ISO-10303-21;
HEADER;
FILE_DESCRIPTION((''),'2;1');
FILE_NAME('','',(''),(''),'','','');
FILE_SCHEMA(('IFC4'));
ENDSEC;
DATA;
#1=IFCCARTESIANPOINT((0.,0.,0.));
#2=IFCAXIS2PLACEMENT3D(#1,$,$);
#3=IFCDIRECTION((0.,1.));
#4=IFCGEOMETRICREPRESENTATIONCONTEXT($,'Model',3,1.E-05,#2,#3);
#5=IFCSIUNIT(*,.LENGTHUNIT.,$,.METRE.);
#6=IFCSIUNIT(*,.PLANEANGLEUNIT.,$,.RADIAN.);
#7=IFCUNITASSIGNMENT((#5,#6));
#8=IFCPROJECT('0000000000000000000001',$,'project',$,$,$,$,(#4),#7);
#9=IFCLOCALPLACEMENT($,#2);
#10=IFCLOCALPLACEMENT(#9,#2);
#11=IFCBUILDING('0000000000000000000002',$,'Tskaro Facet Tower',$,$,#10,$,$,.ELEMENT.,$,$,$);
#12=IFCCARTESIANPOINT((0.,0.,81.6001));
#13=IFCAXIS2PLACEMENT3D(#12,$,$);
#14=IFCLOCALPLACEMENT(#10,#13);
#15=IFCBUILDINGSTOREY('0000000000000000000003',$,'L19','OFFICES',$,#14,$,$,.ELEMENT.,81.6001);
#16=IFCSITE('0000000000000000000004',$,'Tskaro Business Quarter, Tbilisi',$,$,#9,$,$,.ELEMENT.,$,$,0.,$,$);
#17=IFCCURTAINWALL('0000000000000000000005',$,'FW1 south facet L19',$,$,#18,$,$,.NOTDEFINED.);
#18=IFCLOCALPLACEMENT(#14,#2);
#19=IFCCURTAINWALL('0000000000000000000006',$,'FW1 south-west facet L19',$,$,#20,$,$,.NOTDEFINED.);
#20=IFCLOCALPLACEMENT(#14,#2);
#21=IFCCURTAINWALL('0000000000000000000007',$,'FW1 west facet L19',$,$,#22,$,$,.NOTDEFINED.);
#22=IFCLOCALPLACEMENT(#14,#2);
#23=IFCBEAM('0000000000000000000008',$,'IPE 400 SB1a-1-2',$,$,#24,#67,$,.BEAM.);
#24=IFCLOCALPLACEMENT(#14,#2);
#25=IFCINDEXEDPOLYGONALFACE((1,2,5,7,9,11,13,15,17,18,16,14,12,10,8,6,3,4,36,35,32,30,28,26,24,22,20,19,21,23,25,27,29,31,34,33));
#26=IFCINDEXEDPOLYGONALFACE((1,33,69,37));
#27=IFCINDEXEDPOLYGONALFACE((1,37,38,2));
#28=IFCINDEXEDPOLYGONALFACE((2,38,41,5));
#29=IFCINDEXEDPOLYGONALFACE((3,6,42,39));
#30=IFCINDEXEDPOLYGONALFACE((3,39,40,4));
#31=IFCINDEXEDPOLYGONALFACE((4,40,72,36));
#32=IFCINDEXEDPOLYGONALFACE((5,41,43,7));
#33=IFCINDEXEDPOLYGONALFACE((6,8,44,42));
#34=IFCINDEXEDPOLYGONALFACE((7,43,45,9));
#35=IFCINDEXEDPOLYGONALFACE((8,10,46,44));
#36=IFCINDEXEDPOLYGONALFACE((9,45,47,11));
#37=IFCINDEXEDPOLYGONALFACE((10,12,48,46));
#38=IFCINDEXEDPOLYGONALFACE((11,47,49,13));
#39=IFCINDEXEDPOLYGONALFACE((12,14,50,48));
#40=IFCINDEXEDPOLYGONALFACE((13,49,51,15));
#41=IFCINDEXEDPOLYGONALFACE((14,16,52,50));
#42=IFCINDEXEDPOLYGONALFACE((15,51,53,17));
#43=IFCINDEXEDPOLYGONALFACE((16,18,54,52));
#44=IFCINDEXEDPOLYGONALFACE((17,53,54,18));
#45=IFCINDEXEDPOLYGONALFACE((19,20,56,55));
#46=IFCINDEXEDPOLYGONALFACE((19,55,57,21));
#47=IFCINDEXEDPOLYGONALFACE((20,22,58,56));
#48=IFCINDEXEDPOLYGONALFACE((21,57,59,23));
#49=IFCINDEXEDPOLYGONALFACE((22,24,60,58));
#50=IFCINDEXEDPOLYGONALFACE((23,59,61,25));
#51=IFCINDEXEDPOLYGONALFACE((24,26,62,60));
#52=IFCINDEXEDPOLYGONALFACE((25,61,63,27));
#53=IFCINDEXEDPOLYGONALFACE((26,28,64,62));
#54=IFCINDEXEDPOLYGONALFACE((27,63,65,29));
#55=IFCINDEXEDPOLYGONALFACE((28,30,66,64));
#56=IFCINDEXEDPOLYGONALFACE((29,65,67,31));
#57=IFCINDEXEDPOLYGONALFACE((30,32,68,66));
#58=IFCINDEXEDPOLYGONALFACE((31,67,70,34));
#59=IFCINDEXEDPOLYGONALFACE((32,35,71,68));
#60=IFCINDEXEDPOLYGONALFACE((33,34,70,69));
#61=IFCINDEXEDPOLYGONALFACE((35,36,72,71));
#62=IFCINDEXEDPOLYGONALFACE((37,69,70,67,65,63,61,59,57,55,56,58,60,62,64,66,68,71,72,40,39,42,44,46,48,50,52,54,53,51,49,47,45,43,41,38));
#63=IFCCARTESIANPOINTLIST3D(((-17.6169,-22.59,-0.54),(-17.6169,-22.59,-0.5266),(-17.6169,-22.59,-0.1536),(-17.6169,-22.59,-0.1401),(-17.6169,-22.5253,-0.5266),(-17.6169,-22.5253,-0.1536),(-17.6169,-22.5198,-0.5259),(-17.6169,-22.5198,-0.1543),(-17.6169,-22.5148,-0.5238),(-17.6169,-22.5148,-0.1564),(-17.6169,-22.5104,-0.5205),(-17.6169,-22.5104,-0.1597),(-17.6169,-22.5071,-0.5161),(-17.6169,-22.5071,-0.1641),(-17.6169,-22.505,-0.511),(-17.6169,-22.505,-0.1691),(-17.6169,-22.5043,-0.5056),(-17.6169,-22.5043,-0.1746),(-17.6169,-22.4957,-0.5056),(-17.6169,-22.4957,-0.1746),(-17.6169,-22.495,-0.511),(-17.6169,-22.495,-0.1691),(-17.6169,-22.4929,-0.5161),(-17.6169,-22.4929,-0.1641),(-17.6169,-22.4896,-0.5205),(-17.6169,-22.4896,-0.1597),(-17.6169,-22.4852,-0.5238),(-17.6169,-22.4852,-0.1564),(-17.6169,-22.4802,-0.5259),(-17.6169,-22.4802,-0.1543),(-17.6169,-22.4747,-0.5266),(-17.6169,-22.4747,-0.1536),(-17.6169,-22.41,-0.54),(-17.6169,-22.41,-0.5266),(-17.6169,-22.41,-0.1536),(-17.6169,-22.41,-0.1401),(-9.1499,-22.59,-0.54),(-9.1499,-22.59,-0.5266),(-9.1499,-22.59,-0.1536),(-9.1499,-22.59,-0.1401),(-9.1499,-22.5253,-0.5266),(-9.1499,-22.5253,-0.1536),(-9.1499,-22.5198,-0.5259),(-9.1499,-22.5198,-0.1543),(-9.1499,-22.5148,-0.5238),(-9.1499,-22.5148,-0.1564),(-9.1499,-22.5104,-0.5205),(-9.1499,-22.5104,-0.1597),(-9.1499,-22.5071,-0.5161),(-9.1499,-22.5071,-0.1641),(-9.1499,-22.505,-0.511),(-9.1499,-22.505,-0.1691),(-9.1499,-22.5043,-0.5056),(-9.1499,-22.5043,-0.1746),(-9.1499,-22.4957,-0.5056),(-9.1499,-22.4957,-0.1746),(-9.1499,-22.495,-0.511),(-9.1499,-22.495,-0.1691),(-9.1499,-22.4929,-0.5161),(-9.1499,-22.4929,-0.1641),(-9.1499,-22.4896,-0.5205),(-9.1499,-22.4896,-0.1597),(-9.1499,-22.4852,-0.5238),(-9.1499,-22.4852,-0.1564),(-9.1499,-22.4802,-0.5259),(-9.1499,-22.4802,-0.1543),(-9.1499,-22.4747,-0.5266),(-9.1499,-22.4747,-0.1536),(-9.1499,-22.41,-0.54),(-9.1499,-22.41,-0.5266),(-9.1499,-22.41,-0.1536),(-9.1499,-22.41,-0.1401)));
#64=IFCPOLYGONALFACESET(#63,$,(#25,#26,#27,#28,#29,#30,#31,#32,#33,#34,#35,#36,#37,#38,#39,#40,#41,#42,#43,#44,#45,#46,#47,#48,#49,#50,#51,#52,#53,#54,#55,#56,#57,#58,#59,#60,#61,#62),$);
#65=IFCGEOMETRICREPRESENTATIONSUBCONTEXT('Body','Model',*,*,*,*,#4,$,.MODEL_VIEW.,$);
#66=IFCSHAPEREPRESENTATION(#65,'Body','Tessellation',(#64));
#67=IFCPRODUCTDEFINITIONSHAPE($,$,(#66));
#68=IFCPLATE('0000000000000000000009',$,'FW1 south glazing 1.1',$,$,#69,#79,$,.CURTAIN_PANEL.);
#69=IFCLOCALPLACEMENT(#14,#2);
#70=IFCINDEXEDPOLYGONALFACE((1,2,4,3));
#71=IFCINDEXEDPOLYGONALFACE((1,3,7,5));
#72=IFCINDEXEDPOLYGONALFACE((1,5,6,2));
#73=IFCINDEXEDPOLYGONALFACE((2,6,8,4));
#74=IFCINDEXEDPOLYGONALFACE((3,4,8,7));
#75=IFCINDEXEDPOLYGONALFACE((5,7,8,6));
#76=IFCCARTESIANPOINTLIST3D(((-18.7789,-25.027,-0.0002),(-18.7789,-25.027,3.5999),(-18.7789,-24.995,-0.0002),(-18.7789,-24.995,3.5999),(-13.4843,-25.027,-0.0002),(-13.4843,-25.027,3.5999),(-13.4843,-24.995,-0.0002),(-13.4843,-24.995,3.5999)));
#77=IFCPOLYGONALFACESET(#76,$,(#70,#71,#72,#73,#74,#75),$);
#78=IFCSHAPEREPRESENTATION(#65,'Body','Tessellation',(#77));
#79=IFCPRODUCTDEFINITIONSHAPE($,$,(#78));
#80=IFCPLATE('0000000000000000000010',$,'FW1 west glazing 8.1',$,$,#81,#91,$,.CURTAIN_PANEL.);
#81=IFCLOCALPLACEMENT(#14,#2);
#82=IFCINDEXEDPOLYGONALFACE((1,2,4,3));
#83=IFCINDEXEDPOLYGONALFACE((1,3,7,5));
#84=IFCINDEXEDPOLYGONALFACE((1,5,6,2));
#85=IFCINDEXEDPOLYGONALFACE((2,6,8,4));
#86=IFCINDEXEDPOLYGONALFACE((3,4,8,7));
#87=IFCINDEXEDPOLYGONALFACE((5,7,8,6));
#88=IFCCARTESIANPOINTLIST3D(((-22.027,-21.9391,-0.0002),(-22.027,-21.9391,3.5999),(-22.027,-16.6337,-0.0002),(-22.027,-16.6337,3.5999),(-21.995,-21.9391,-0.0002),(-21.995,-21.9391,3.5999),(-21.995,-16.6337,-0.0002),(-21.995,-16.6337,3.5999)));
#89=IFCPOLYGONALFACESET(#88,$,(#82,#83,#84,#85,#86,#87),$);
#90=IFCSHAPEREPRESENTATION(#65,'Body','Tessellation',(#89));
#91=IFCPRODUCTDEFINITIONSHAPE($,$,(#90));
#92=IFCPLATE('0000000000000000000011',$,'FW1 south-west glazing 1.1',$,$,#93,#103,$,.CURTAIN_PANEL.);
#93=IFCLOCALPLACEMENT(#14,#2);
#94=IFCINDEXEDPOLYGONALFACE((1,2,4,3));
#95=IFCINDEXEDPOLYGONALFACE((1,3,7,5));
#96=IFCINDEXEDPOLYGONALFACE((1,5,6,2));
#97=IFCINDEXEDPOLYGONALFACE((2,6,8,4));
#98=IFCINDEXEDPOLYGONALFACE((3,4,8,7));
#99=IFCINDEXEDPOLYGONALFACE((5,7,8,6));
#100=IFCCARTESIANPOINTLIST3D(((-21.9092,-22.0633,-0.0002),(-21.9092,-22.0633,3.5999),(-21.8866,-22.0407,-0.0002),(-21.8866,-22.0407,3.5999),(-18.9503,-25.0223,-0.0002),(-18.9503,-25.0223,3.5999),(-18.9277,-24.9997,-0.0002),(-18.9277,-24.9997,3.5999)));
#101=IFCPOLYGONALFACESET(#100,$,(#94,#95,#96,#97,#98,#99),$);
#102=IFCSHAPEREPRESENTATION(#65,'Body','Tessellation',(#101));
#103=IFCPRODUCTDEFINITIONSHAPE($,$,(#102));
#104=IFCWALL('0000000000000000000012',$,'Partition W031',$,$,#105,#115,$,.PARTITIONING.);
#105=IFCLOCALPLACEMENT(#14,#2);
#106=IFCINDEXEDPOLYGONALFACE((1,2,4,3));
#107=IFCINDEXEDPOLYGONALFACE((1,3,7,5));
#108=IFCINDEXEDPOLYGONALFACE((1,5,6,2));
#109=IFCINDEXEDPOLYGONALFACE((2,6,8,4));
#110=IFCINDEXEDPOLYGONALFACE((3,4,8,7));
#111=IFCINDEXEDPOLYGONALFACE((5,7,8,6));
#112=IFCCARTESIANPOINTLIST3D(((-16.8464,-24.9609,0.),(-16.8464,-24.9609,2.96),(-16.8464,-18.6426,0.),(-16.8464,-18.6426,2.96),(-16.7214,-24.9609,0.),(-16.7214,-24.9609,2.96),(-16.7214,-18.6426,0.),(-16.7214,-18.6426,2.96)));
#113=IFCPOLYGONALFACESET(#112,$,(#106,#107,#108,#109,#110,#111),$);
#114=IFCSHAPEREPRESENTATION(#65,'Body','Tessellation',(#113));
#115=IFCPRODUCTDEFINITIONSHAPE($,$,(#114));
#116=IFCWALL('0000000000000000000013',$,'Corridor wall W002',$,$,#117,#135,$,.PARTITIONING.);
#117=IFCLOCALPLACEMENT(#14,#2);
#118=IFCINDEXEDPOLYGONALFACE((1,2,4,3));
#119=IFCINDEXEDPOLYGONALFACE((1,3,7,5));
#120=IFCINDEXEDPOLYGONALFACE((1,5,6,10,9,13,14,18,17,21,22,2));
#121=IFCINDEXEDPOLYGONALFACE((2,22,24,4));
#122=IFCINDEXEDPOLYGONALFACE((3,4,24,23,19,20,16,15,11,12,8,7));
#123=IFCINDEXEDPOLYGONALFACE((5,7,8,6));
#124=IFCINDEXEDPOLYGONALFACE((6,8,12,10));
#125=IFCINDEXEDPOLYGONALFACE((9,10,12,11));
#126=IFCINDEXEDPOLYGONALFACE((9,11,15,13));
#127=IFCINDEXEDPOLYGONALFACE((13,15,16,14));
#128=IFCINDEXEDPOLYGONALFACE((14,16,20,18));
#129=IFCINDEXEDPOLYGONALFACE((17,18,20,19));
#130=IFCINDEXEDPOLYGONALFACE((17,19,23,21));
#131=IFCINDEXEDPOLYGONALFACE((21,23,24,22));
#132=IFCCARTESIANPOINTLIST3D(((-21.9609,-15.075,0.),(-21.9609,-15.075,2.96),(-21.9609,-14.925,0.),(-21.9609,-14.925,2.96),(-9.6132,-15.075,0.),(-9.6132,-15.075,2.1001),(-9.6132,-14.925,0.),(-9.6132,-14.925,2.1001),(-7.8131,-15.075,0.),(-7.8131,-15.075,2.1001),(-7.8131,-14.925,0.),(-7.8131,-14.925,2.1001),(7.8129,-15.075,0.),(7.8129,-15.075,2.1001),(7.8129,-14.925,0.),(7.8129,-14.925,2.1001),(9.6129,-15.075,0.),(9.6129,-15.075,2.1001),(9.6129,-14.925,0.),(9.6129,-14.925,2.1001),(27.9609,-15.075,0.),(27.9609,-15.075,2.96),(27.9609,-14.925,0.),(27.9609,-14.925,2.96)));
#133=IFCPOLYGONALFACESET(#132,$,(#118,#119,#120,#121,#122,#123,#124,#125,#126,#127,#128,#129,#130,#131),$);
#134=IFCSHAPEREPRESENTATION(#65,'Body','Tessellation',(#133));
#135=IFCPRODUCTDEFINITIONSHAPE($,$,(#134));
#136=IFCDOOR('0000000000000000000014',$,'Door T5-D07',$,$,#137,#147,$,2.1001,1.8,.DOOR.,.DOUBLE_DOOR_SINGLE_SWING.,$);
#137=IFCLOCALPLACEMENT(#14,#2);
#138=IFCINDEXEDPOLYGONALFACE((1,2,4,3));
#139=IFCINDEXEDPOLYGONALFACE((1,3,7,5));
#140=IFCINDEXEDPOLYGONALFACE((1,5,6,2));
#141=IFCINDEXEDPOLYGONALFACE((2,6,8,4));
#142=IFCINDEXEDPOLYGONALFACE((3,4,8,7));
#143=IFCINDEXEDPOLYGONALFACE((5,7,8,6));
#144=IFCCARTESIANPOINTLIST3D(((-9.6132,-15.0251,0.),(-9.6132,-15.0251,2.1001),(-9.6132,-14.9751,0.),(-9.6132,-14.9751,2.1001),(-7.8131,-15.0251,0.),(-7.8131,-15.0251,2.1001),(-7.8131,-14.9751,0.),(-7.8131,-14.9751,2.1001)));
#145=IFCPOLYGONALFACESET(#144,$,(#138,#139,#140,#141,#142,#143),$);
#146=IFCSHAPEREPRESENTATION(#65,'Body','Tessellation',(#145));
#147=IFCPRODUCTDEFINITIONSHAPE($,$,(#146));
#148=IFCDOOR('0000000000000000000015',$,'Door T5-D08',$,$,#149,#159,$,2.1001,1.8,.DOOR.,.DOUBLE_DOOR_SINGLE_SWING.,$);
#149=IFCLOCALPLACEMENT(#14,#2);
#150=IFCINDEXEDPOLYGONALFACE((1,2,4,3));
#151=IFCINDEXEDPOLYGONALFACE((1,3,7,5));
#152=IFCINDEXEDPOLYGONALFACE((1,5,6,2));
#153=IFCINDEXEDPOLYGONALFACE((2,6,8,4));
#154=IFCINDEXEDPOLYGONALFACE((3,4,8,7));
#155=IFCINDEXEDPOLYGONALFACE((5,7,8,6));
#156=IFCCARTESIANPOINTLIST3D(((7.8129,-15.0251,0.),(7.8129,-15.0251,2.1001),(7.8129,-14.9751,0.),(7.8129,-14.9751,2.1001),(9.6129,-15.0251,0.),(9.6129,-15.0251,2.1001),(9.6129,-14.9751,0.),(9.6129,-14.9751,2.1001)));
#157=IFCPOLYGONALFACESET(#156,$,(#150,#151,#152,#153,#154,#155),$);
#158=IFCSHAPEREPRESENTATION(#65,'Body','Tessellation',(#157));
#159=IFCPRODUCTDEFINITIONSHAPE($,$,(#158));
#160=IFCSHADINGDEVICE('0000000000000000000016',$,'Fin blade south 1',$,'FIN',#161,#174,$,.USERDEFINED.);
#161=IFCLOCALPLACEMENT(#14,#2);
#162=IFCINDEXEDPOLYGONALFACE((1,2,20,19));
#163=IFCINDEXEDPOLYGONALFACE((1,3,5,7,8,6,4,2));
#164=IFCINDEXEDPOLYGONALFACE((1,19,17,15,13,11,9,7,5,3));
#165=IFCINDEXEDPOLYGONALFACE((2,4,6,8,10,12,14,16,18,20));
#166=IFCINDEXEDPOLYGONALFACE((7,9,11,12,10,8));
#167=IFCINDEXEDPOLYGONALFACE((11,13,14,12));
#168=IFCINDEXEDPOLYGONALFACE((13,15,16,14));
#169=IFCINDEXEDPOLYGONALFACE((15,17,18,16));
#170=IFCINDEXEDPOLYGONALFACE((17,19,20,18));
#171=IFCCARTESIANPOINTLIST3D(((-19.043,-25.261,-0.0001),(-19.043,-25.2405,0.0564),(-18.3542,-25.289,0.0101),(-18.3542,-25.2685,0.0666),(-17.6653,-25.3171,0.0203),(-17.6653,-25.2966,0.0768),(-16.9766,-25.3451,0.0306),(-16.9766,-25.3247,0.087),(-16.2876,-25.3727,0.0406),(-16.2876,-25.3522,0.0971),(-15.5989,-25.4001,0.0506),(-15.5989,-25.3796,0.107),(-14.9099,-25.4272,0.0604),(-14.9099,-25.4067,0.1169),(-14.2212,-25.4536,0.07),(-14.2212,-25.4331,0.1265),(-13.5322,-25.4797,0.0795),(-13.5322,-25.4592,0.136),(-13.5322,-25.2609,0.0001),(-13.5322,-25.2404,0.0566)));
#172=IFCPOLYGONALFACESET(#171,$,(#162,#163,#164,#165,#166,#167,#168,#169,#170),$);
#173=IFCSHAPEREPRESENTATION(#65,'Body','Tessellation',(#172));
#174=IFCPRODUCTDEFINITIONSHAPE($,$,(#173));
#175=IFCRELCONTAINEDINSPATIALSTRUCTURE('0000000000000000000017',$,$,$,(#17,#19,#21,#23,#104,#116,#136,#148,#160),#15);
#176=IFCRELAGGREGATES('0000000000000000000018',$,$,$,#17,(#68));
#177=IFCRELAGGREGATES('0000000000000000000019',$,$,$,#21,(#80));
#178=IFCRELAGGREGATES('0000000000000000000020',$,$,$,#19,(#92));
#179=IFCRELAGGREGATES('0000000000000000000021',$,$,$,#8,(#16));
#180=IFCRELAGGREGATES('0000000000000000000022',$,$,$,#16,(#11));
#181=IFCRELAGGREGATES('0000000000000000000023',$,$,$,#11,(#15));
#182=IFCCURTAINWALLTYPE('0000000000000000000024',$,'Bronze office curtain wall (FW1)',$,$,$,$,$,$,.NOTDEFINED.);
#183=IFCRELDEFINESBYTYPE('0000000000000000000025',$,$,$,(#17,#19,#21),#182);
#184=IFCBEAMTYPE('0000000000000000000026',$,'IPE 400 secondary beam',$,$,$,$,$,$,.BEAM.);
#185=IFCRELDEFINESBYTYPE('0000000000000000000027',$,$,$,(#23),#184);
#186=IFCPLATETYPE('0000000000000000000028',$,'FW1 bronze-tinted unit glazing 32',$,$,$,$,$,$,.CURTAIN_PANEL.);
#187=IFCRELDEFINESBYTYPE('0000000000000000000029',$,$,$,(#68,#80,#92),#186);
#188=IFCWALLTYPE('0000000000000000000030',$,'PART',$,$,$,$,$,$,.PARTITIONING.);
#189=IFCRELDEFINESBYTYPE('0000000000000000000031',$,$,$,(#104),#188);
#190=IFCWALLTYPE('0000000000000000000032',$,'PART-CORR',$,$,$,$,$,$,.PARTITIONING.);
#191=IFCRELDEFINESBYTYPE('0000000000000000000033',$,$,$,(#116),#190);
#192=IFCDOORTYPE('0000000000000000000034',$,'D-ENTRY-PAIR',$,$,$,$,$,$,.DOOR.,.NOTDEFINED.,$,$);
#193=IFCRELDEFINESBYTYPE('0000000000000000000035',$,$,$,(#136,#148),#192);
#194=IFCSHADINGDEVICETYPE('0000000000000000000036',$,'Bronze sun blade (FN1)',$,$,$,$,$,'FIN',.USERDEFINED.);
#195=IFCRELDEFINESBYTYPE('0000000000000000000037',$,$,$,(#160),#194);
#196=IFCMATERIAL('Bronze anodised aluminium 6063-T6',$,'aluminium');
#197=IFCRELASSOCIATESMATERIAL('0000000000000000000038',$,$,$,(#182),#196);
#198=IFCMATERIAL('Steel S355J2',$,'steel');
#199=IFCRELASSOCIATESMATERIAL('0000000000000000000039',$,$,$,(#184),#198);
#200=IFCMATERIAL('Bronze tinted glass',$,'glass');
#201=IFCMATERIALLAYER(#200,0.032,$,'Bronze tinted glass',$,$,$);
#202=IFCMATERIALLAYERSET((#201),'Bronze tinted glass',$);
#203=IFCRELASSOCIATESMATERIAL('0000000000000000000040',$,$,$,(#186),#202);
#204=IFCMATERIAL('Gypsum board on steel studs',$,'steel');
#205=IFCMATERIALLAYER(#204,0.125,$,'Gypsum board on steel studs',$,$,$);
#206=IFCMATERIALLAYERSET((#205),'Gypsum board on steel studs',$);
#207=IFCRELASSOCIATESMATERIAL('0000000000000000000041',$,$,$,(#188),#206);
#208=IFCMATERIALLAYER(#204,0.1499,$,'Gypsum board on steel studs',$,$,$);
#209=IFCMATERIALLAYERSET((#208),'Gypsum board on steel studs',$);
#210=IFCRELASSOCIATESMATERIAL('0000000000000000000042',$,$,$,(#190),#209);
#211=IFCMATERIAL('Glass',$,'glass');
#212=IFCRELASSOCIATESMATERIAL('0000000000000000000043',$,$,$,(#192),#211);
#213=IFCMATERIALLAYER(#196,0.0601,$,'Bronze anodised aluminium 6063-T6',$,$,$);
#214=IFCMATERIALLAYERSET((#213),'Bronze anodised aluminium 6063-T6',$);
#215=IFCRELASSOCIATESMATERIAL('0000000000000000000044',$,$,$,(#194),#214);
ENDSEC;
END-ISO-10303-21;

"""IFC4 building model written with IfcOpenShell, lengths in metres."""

from ifc_helpers import new_model, si_unit, direction, frame, frame_2d, origin, origin_2d, place, context, subcontext, project, spatial, polyline, rectangle, i_section, outline, extrude, material, layer, layer_set, material_profile, profile_set, type_object, element, fill, aggregate, save


model = new_model("IFC4")

# Units and contexts
model_context = context("Model", 3, precision=1e-05, world=origin(), true_north=direction((0.0, 1.0)))
body_context = subcontext(model_context, "Body", "Model", "MODEL_VIEW")
ifc_project = project(units=[si_unit("LENGTHUNIT", "METRE"), si_unit("PLANEANGLEUNIT", "RADIAN")], contexts=[model_context])

# Site, building, storey
site_placement = place(None, origin())
site = spatial("IfcSite", under=ifc_project, at=site_placement, Name="Tskaro Business Quarter, Tbilisi", CompositionType="ELEMENT", RefElevation=0.0)
building_placement = place(site_placement, origin())
building = spatial("IfcBuilding", under=site, at=building_placement, Name="Tskaro Facet Tower", CompositionType="ELEMENT")
storey_placement = place(building_placement, frame((0.0, 0.0, 81.6001)))
storey = spatial("IfcBuildingStorey", under=building, at=storey_placement, Name="L19", Description="OFFICES", CompositionType="ELEMENT", Elevation=81.6001)

# Curtain walls
ifc_material_1 = material(Name="Bronze anodised aluminium 6063-T6", Category="aluminium")
curtain_wall_type = type_object("IfcCurtainWallType", Name="Bronze office curtain wall (FW1)", PredefinedType="NOTDEFINED", material=ifc_material_1)
curtain_wall_1_placement = place(storey_placement, origin())
curtain_wall_1 = element("IfcCurtainWall", 1, at=curtain_wall_1_placement, inside=storey, type_object=curtain_wall_type, Name="FW1 south facet L19", PredefinedType="NOTDEFINED")
curtain_wall_2_placement = place(storey_placement, origin())
curtain_wall_2 = element("IfcCurtainWall", 2, at=curtain_wall_2_placement, inside=storey, type_object=curtain_wall_type, Name="FW1 south-west facet L19", PredefinedType="NOTDEFINED")

# Curtain wall
curtain_wall_3_placement = place(storey_placement, origin())
curtain_wall_3 = element("IfcCurtainWall", 3, at=curtain_wall_3_placement, inside=storey, type_object=curtain_wall_type, Name="FW1 west facet L19", PredefinedType="NOTDEFINED")

# Beam
ifc_material_2 = material(Name="Steel S355J2", Category="steel")
ifc_material_profile_1 = material_profile(ifc_material_2, i_section(OverallWidth=0.1799, OverallDepth=0.3999, WebThickness=0.0085, FlangeThickness=0.0134, FilletRadius=0.021, at=origin_2d()), Name="IPE 400")
ifc_profile_set_1 = profile_set([ifc_material_profile_1], Name="Steel S355J2")
beam_type_1 = type_object("IfcBeamType", Name="IPE 400 secondary beam", PredefinedType="BEAM", material=ifc_profile_set_1)
beam_1_placement = place(storey_placement, frame((-17.6169, -22.5, -0.3401), z_axis=(1.0, 0.0, 0.0), x_axis=(0.0, 1.0, 0.0)))
element("IfcBeam", 4, at=beam_1_placement, inside=storey, type_object=beam_type_1, Name="IPE 400 SB1a-1-2", PredefinedType="BEAM", context=body_context, shape_type="SweptSolid", body=[
    extrude(i_section(OverallWidth=0.1799, OverallDepth=0.3999, WebThickness=0.0085, FlangeThickness=0.0134, FilletRadius=0.021, at=origin_2d()), origin(), (0.0, 0.0, 1.0), 8.467),
])

# Plates
ifc_material_3 = material(Name="Bronze tinted glass", Category="glass")
ifc_layer_1 = layer(ifc_material_3, 0.032, Name="Bronze tinted glass")
ifc_layer_set_1 = layer_set([ifc_layer_1], Name="Bronze tinted glass")
plate_type = type_object("IfcPlateType", Name="FW1 bronze-tinted unit glazing 32", PredefinedType="CURTAIN_PANEL", material=ifc_layer_set_1)
plate_1_placement = place(storey_placement, frame((-16.1316, -25.011, -0.0002), z_axis=(0.0, 0.0, 1.0), x_axis=(1.0, 0.0, 0.0)))
plate_1 = element("IfcPlate", 5, at=plate_1_placement, type_object=plate_type, Name="FW1 south glazing 1.1", PredefinedType="CURTAIN_PANEL", context=body_context, shape_type="SweptSolid", body=[
    extrude(rectangle(XDim=5.2947, YDim=0.032, at=origin_2d()), origin(), (0.0, 0.0, 1.0), 3.6001),
])
aggregate(curtain_wall_1, [plate_1])
plate_2_placement = place(storey_placement, frame((-22.011, -19.2864, -0.0002), z_axis=(0.0, 0.0, 1.0), x_axis=(0.0, -1.0, 0.0)))
plate_2 = element("IfcPlate", 6, at=plate_2_placement, type_object=plate_type, Name="FW1 west glazing 8.1", PredefinedType="CURTAIN_PANEL", context=body_context, shape_type="SweptSolid", body=[
    extrude(rectangle(XDim=5.3054, YDim=0.032, at=origin_2d()), origin(), (0.0, 0.0, 1.0), 3.6001),
])
aggregate(curtain_wall_3, [plate_2])
plate_3_placement = place(storey_placement, frame((-20.4185, -23.5315, -0.0002), z_axis=(0.0, 0.0, 1.0), x_axis=(0.707107, -0.707107, 0.0)))
plate_3 = element("IfcPlate", 7, at=plate_3_placement, type_object=plate_type, Name="FW1 south-west glazing 1.1", PredefinedType="CURTAIN_PANEL", context=body_context, shape_type="SweptSolid", body=[
    extrude(rectangle(XDim=4.1846, YDim=0.032, at=origin_2d()), origin(), (0.0, 0.0, 1.0), 3.6001),
])
aggregate(curtain_wall_2, [plate_3])

# Wall
ifc_material_4 = material(Name="Gypsum board on steel studs", Category="steel")
ifc_layer_2 = layer(ifc_material_4, 0.125, Name="Gypsum board on steel studs")
ifc_layer_set_2 = layer_set([ifc_layer_2], Name="Gypsum board on steel studs")
wall_type_1 = type_object("IfcWallType", Name="PART", PredefinedType="PARTITIONING", material=ifc_layer_set_2)
wall_1_placement = place(storey_placement, frame((-16.7839, -24.9609, 0.0), z_axis=(0.0, 0.0, 1.0), x_axis=(0.0, 1.0, 0.0)))
element("IfcWall", 8, at=wall_1_placement, inside=storey, type_object=wall_type_1, Name="Partition W031", PredefinedType="PARTITIONING", context=body_context, shape_type="SweptSolid", body=[
    extrude(rectangle(XDim=6.3184, YDim=0.125, at=frame_2d((3.1592, 0.0))), origin(), (0.0, 0.0, 1.0), 2.96),
])

# Wall, openings, doors
ifc_layer_3 = layer(ifc_material_4, 0.1499, Name="Gypsum board on steel studs")
ifc_layer_set_3 = layer_set([ifc_layer_3], Name="Gypsum board on steel studs")
wall_type_2 = type_object("IfcWallType", Name="PART-CORR", PredefinedType="PARTITIONING", material=ifc_layer_set_3)
wall_2_placement = place(storey_placement, frame((-21.9609, -15.0, 0.0), z_axis=(0.0, 0.0, 1.0), x_axis=(1.0, 0.0, 0.0)))
wall_2 = element("IfcWall", 9, at=wall_2_placement, inside=storey, type_object=wall_type_2, Name="Corridor wall W002", PredefinedType="PARTITIONING", context=body_context, shape_type="SweptSolid", body=[
    extrude(rectangle(XDim=49.9219, YDim=0.1499, at=frame_2d((24.9609, 0.0))), origin(), (0.0, 0.0, 1.0), 2.96),
])
opening_1_placement = place(wall_2_placement, frame((12.3479, 0.0, 0.0)))
opening_1 = element("IfcOpeningElement", 10, at=opening_1_placement, cuts=wall_2, PredefinedType="OPENING", context=body_context, shape_type="SweptSolid", body=[
    extrude(rectangle(XDim=1.8, YDim=2.1001, at=frame_2d((0.8999, 1.05))), frame((0.0, 0.085, 0.0), z_axis=(0.0, -1.0, 0.0), x_axis=(1.0, 0.0, 0.0)), (0.0, 0.0, 1.0), 0.1699),
])
opening_2_placement = place(wall_2_placement, frame((29.7739, 0.0, 0.0)))
opening_2 = element("IfcOpeningElement", 11, at=opening_2_placement, cuts=wall_2, PredefinedType="OPENING", context=body_context, shape_type="SweptSolid", body=[
    extrude(rectangle(XDim=1.8, YDim=2.1001, at=frame_2d((0.8999, 1.05))), frame((0.0, 0.085, 0.0), z_axis=(0.0, -1.0, 0.0), x_axis=(1.0, 0.0, 0.0)), (0.0, 0.0, 1.0), 0.1699),
])
ifc_material_5 = material(Name="Glass", Category="glass")
door_type = type_object("IfcDoorType", Name="D-ENTRY-PAIR", OperationType="NOTDEFINED", PredefinedType="DOOR", material=ifc_material_5)
door_1_placement = place(opening_1_placement, origin())
door_1 = element("IfcDoor", 12, at=door_1_placement, inside=storey, type_object=door_type, Name="Door T5-D07", OperationType="DOUBLE_DOOR_SINGLE_SWING", OverallHeight=2.1001, OverallWidth=1.8, PredefinedType="DOOR", context=body_context, shape_type="SweptSolid", body=[
    extrude(rectangle(XDim=1.8, YDim=2.1001, at=frame_2d((0.8999, 1.05))), frame((0.0, 0.0249, 0.0), z_axis=(0.0, -1.0, 0.0), x_axis=(1.0, 0.0, 0.0)), (0.0, 0.0, 1.0), 0.05),
])
fill(opening_1, door_1)
door_2_placement = place(opening_2_placement, origin())
door_2 = element("IfcDoor", 13, at=door_2_placement, inside=storey, type_object=door_type, Name="Door T5-D08", OperationType="DOUBLE_DOOR_SINGLE_SWING", OverallHeight=2.1001, OverallWidth=1.8, PredefinedType="DOOR", context=body_context, shape_type="SweptSolid", body=[
    extrude(rectangle(XDim=1.8, YDim=2.1001, at=frame_2d((0.8999, 1.05))), frame((0.0, 0.0249, 0.0), z_axis=(0.0, -1.0, 0.0), x_axis=(1.0, 0.0, 0.0)), (0.0, 0.0, 1.0), 0.05),
])
fill(opening_2, door_2)

# Shading device
ifc_layer_4 = layer(ifc_material_1, 0.0601, Name="Bronze anodised aluminium 6063-T6")
ifc_layer_set_4 = layer_set([ifc_layer_4], Name="Bronze anodised aluminium 6063-T6")
shading_device_type = type_object("IfcShadingDeviceType", Name="Bronze sun blade (FN1)", ElementType="FIN", PredefinedType="USERDEFINED", material=ifc_layer_set_4)
shading_device_1_placement = place(storey_placement, frame((-19.043, -25.2405, 0.0564), z_axis=(-0.000041, 0.341016, 0.940057), x_axis=(1.0, 0.000014, 0.000038)))
element("IfcShadingDevice", 14, at=shading_device_1_placement, inside=storey, type_object=shading_device_type, Name="Fin blade south 1", ObjectType="FIN", PredefinedType="USERDEFINED", context=body_context, shape_type="SweptSolid", body=[
    extrude(outline(polyline([(0.0, 0.0), (5.5107, 0.0), (5.5107, -0.2328), (4.8218, -0.205), (4.1331, -0.1769), (3.4441, -0.1481), (2.7554, -0.1189), (2.0664, -0.0896), (1.3777, -0.0597), (0.6887, -0.0298), (0.0, 0.0)])), origin(), (0.0, 0.0, -1.0), 0.0601),
])

save(model, "model.ifc")
